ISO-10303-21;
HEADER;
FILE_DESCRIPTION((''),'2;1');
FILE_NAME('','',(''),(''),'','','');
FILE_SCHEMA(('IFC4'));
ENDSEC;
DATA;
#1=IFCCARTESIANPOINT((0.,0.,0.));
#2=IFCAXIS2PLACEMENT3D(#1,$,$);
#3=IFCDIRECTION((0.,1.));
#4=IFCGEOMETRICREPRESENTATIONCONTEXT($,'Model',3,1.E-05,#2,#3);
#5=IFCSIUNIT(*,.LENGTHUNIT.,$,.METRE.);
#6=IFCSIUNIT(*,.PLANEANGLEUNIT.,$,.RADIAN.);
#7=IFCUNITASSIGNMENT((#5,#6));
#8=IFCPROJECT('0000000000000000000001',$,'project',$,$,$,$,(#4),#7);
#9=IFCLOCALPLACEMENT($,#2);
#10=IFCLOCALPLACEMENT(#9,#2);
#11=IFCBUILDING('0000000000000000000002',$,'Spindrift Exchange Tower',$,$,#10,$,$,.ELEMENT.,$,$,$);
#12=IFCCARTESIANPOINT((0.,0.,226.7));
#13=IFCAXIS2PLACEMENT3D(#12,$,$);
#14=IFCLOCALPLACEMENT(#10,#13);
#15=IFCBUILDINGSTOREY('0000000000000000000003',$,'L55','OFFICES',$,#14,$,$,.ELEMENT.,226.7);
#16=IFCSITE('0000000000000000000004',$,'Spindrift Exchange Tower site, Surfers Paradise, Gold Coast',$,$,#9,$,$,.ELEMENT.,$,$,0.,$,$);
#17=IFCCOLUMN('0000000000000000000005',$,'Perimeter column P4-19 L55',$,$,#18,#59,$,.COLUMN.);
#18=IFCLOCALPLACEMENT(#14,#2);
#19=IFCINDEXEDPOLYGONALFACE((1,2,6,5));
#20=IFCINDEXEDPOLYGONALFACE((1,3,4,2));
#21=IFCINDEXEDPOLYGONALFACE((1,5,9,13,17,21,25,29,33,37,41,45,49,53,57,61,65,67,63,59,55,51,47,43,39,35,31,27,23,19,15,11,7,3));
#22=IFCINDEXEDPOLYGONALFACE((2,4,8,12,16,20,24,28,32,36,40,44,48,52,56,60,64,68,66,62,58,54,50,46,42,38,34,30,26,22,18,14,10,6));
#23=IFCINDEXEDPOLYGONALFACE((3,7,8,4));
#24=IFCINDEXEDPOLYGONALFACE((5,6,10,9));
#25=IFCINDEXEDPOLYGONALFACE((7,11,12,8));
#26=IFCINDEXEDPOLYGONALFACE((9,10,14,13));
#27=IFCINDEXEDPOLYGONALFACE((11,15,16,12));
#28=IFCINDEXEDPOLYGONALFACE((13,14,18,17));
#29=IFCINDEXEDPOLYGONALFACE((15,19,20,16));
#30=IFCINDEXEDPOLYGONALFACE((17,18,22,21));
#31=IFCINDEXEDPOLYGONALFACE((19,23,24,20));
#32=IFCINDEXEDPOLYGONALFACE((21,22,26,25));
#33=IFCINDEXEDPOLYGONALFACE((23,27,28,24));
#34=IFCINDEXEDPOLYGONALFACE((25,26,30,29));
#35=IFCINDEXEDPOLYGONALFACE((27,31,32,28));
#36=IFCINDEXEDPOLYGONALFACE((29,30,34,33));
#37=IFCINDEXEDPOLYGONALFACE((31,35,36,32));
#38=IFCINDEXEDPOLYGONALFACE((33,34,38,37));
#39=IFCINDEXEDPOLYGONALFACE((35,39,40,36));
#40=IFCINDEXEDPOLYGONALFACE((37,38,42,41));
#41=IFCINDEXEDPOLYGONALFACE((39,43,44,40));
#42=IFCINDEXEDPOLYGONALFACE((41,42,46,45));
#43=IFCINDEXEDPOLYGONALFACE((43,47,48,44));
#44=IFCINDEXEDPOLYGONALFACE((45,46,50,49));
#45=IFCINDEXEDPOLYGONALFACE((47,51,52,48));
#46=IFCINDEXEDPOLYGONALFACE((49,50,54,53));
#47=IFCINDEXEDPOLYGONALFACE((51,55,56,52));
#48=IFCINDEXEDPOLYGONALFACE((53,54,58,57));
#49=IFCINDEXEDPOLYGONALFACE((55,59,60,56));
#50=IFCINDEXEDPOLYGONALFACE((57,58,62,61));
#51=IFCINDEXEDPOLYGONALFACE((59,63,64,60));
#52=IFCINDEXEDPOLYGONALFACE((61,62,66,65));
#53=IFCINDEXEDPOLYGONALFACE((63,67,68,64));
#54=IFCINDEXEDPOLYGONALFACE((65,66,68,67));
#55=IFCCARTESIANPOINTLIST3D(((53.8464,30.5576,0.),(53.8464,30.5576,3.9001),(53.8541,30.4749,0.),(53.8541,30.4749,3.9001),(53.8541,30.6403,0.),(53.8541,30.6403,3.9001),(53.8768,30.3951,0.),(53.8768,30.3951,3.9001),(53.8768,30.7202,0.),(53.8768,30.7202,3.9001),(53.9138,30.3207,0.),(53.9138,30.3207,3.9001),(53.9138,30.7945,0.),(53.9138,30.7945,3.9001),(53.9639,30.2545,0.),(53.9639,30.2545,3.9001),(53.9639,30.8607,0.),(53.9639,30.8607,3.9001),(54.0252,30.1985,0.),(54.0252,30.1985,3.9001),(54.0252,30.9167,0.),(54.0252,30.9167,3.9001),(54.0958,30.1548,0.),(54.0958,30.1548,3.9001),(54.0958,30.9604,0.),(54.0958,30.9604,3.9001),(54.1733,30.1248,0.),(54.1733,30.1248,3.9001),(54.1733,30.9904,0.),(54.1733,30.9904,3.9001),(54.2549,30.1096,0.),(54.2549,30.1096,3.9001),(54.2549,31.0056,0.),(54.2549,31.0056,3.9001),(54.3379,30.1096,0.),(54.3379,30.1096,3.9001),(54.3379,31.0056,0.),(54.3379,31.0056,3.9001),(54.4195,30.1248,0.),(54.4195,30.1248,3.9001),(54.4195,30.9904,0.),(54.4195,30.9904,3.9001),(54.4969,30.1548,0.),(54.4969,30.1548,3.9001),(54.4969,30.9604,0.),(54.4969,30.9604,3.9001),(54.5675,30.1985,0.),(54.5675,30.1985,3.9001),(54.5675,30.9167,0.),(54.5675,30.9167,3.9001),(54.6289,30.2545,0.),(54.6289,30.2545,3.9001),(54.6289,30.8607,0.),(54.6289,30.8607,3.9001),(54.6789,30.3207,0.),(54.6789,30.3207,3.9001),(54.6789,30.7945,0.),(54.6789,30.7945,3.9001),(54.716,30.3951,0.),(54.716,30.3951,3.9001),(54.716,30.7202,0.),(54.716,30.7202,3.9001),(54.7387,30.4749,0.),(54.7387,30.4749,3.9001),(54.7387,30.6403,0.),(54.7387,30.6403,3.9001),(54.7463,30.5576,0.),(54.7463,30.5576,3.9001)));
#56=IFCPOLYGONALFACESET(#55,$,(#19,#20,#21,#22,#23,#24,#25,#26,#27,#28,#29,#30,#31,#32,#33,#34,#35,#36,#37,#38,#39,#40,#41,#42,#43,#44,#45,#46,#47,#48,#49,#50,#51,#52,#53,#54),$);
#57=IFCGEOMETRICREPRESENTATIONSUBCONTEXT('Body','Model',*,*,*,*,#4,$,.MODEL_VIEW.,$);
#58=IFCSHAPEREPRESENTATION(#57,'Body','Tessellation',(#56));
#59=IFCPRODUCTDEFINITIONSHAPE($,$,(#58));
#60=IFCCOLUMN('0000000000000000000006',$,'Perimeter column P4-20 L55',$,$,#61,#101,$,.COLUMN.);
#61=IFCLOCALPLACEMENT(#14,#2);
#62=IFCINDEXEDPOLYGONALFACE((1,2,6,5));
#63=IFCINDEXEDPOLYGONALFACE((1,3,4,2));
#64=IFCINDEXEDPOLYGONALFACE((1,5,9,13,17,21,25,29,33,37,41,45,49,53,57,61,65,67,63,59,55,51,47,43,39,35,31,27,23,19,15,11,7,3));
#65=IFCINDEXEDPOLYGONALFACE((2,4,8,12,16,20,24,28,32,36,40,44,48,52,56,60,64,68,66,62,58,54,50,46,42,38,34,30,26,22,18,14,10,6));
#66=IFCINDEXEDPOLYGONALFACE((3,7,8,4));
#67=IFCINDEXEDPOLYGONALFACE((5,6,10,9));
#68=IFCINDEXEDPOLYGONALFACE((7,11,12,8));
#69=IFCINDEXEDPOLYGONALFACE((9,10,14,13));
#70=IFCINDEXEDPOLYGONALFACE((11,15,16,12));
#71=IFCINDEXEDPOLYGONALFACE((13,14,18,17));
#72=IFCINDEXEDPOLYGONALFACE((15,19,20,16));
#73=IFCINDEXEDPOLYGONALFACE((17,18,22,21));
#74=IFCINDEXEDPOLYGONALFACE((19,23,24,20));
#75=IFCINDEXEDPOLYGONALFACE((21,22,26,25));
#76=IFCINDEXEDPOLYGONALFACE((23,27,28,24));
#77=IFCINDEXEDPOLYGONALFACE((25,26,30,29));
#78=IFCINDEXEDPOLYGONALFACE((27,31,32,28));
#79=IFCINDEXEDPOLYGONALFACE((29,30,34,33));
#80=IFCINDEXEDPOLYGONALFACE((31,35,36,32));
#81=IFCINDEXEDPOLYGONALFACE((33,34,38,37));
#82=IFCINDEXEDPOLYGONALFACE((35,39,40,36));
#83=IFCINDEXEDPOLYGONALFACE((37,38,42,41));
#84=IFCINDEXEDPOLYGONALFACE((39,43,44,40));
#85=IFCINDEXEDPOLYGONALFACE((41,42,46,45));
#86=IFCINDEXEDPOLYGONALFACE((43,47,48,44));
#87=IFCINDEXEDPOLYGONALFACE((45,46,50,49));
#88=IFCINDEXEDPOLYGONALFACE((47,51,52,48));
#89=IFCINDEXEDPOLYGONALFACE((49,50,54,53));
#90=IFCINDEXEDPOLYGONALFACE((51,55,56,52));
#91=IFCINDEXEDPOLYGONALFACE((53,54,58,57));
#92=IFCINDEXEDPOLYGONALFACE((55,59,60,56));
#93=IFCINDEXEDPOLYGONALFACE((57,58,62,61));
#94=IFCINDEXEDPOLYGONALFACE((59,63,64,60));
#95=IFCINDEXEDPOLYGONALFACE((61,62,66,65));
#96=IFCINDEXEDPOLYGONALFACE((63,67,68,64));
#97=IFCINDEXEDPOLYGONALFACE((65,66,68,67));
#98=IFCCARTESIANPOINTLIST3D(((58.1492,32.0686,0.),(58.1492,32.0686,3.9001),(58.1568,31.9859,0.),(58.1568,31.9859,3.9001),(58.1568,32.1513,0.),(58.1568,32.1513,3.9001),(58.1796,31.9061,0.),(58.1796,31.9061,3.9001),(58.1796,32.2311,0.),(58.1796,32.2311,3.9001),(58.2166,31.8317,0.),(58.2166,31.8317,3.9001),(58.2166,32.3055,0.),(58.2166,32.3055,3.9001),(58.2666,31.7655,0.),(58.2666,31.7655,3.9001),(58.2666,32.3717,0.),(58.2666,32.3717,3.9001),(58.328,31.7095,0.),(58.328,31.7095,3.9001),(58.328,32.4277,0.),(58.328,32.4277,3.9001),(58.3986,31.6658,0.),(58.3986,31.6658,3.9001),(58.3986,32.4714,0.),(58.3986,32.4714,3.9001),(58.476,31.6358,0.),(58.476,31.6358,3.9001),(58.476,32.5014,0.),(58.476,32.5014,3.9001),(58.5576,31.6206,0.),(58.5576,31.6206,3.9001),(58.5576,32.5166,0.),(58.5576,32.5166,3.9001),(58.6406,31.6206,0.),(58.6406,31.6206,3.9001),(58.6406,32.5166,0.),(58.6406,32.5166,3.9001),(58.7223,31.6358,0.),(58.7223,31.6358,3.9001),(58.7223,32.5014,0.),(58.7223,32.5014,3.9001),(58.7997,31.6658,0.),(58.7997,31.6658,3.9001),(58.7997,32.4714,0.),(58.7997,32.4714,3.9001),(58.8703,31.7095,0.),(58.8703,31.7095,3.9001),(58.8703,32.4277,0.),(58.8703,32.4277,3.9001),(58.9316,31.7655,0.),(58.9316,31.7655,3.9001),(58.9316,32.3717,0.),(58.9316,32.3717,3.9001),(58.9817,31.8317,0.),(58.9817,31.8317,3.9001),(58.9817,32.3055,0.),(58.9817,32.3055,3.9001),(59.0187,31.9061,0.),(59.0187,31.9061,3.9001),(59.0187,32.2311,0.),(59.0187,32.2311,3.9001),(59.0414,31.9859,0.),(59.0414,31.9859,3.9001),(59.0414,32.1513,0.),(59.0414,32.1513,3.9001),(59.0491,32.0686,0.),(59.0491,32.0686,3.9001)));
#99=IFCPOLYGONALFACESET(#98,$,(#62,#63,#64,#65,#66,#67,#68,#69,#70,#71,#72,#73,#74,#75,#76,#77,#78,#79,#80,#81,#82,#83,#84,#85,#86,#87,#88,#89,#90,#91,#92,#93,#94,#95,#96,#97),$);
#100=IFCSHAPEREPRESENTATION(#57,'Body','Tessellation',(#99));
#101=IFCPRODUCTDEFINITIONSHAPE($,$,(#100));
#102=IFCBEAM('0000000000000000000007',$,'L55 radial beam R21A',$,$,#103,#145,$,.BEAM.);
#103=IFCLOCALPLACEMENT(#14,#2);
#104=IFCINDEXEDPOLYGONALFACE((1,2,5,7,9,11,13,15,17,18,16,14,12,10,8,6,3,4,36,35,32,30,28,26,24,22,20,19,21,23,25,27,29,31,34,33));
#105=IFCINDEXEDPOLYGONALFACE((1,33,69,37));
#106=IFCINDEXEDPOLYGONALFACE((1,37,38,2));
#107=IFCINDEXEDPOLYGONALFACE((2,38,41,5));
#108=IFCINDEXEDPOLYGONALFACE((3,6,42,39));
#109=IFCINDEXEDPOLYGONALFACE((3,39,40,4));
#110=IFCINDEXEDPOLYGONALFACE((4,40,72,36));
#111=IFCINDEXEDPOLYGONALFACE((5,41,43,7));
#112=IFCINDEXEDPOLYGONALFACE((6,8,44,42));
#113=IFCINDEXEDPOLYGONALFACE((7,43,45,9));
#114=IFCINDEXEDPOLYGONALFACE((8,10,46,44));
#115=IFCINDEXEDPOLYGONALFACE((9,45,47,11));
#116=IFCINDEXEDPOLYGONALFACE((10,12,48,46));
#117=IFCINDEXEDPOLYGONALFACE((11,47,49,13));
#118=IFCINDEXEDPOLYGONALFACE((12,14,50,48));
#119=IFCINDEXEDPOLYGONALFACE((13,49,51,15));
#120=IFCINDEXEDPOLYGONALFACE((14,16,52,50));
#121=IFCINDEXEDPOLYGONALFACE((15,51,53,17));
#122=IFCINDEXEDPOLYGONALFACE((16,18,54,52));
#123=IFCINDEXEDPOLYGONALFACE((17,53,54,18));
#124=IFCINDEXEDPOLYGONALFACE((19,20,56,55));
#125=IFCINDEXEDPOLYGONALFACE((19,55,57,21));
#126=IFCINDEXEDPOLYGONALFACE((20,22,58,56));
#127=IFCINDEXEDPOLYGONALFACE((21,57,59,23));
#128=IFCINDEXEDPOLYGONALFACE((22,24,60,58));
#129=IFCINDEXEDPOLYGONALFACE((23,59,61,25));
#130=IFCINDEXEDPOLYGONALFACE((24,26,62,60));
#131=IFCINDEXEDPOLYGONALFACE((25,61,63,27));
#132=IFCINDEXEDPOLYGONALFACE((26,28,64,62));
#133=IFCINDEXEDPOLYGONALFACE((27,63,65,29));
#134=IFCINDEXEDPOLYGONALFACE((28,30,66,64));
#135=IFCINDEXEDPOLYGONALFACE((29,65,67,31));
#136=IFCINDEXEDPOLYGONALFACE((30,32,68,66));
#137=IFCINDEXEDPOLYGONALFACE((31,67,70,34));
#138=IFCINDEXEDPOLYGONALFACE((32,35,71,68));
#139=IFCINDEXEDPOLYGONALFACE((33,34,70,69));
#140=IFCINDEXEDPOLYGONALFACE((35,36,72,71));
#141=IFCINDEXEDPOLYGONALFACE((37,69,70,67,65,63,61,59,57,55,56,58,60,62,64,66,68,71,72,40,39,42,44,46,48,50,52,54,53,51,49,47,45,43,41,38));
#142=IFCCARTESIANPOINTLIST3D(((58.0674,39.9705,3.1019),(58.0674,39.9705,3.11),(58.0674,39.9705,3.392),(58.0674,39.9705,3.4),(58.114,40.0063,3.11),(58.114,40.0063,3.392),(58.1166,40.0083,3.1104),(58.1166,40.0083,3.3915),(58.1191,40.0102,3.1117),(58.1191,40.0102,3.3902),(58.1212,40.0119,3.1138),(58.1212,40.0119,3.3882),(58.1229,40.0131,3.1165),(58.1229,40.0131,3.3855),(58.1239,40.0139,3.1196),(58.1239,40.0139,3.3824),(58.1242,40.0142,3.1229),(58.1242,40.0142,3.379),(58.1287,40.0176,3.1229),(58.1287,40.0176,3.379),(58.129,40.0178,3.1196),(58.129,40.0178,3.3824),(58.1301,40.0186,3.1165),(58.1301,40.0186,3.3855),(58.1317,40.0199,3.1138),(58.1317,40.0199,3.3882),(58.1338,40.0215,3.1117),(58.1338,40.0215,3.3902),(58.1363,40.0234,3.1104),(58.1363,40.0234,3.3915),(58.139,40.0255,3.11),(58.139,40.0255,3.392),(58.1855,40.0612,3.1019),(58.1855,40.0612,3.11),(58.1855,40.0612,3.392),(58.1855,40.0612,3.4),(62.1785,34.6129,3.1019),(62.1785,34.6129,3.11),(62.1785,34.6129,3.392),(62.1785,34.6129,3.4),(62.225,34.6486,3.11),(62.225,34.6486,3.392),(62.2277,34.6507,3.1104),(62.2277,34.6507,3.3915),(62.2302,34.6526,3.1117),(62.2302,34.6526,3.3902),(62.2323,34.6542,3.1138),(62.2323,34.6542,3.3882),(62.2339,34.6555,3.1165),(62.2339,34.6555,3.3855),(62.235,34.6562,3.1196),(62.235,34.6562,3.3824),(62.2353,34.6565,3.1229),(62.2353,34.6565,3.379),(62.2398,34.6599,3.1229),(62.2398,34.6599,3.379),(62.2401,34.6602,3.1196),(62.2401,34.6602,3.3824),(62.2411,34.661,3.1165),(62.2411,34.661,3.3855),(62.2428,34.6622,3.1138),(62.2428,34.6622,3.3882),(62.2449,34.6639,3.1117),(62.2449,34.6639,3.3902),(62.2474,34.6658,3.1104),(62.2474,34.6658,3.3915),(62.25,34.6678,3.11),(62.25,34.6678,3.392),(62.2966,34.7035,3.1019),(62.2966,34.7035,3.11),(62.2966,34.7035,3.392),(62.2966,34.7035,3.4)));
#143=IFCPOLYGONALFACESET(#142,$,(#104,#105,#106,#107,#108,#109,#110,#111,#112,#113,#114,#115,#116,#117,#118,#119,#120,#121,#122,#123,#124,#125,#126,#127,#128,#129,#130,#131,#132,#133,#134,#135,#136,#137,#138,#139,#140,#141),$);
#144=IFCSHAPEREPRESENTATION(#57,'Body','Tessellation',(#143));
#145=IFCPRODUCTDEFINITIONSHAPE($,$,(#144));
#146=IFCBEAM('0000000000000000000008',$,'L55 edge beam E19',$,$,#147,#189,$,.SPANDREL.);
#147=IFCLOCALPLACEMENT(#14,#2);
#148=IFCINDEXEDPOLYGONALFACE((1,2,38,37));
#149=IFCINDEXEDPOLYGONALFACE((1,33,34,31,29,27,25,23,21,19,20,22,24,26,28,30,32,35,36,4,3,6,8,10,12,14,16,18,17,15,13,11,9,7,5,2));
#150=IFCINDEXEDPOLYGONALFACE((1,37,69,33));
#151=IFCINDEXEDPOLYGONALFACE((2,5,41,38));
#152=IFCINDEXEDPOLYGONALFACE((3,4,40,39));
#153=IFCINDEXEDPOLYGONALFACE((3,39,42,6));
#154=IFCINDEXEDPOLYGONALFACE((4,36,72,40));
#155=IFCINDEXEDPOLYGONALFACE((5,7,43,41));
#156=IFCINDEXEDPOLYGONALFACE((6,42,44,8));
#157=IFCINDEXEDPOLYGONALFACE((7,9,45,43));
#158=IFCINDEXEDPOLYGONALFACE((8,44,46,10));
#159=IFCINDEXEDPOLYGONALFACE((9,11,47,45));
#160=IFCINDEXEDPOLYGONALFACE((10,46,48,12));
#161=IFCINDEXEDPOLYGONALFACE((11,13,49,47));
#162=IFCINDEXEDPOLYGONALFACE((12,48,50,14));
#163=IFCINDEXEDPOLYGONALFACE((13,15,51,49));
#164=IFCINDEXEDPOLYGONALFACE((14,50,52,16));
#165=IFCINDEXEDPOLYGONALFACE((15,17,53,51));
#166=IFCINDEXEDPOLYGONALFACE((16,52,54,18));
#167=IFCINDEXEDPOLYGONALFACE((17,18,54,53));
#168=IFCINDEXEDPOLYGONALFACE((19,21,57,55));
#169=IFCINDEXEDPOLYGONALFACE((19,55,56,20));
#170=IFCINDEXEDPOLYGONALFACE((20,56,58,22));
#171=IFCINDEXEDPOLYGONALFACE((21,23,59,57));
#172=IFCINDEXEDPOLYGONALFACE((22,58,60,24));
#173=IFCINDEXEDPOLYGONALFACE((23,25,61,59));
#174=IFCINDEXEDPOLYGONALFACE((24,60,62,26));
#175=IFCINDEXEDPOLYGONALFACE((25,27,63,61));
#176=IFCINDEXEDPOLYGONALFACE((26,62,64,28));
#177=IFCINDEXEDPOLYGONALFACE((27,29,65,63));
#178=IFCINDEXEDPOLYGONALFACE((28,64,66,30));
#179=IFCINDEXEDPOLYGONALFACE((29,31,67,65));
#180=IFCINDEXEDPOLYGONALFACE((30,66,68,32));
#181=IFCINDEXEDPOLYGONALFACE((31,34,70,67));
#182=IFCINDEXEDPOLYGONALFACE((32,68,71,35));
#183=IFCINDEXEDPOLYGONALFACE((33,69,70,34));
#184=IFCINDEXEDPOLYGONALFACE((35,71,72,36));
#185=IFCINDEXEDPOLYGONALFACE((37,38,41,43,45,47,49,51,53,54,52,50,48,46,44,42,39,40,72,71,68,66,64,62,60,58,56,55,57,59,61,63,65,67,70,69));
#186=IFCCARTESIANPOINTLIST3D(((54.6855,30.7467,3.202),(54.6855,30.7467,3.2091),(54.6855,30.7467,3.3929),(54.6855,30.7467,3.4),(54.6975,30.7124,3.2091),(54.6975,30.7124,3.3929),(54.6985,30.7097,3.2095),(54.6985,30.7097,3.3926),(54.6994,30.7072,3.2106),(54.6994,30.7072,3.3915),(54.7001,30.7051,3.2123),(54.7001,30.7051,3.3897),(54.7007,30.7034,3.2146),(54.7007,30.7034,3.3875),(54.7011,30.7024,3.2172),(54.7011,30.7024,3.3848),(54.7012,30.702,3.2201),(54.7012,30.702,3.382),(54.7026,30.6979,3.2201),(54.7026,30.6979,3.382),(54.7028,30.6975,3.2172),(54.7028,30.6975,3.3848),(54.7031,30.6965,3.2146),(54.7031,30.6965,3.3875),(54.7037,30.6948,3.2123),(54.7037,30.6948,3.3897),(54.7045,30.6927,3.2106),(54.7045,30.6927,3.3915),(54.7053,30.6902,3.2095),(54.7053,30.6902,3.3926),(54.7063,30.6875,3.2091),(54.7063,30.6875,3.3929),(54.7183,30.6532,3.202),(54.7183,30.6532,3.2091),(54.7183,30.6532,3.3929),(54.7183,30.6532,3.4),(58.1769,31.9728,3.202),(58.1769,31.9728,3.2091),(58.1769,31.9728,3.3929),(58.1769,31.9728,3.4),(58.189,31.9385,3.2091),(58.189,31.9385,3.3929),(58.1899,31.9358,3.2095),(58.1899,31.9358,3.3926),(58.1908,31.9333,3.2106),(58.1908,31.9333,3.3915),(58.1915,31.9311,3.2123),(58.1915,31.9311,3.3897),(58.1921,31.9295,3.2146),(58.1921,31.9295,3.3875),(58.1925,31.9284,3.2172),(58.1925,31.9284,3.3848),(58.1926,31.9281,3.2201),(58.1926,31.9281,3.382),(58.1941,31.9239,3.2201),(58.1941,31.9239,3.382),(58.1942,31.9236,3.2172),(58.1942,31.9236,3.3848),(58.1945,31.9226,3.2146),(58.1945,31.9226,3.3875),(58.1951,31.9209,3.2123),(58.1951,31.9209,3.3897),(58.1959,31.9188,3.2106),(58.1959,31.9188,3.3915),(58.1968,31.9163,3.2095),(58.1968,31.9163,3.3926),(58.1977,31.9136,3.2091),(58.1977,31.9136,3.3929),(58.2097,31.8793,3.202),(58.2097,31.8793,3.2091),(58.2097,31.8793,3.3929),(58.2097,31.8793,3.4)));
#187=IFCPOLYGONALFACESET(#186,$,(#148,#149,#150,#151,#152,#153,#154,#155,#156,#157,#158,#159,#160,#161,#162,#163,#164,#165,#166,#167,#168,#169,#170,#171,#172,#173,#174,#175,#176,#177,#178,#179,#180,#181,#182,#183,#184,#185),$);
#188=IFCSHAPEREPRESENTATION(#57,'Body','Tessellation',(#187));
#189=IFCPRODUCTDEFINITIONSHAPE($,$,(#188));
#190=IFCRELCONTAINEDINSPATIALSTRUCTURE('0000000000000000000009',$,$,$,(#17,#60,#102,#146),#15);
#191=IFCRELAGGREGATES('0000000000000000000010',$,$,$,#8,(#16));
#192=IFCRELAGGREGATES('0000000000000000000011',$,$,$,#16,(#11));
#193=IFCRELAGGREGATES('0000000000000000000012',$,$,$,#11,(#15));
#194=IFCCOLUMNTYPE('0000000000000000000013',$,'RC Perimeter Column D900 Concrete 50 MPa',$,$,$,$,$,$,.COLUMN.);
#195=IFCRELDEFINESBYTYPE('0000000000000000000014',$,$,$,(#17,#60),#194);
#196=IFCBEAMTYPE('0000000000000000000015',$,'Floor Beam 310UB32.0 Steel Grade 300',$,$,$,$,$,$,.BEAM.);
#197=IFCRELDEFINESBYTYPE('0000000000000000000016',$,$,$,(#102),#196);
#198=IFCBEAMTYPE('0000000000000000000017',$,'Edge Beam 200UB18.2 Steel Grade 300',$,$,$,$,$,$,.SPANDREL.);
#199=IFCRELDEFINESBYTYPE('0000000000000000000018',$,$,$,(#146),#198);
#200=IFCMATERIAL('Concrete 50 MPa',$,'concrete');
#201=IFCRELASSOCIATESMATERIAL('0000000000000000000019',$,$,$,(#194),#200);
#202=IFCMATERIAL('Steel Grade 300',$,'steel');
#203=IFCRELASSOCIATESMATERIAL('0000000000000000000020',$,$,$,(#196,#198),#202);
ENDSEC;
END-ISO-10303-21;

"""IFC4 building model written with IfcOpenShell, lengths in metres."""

from ifc_helpers import new_model, si_unit, direction, frame, origin, origin_2d, place, context, subcontext, project, spatial, circle, i_section, extrude, source, transform, mapped, material, material_profile, profile_set, type_object, element, save


model = new_model("IFC4")

# Units and contexts
model_context = context("Model", 3, precision=1e-05, world=origin(), true_north=direction((0.0, 1.0)))
body_context = subcontext(model_context, "Body", "Model", "MODEL_VIEW")
ifc_project = project(units=[si_unit("LENGTHUNIT", "METRE"), si_unit("PLANEANGLEUNIT", "RADIAN")], contexts=[model_context])

# Site, building, storey
site_placement = place(None, origin())
site = spatial("IfcSite", under=ifc_project, at=site_placement, Name="Spindrift Exchange Tower site, Surfers Paradise, Gold Coast", CompositionType="ELEMENT", RefElevation=0.0)
building_placement = place(site_placement, origin())
building = spatial("IfcBuilding", under=site, at=building_placement, Name="Spindrift Exchange Tower", CompositionType="ELEMENT")
storey_placement = place(building_placement, frame((0.0, 0.0, 226.7)))
storey = spatial("IfcBuildingStorey", under=building, at=storey_placement, Name="L55", Description="OFFICES", CompositionType="ELEMENT", Elevation=226.7)

# Columns
ifc_material_1 = material(Name="Concrete 50 MPa", Category="concrete")
ifc_material_profile_1 = material_profile(ifc_material_1, circle(Radius=0.45, at=origin_2d()), Name="RC D900")
ifc_profile_set_1 = profile_set([ifc_material_profile_1], Name="Concrete 50 MPa")
column_type = type_object("IfcColumnType", Name="RC Perimeter Column D900 Concrete 50 MPa", PredefinedType="COLUMN", material=ifc_profile_set_1)
shared_shape_1 = source(origin(), body_context, "Body", "SweptSolid", [
    extrude(circle(Radius=0.45, at=origin_2d()), origin(), (0.0, 0.0, 1.0), 3.9001),
])
for number, where, z_axis, x_axis, name in (
    (1, (54.2964, 30.5576, 0.0), (0.0, 0.0, 1.0), (1.0, 0.0, 0.0), "Perimeter column P4-19 L55"),
    (2, (58.5991, 32.0686, 0.0), (0.0, 0.0, 1.0), (1.0, 0.0, 0.0), "Perimeter column P4-20 L55"),
):
    element("IfcColumn", number, at=place(storey_placement, frame(where, z_axis=z_axis, x_axis=x_axis)), inside=storey, type_object=column_type, Name=name, PredefinedType="COLUMN", context=body_context, shape_type="MappedRepresentation", body=[
        mapped(shared_shape_1, transform((0.0, 0.0, 0.0), scale=1.0)),
    ])

# Beams
ifc_material_2 = material(Name="Steel Grade 300", Category="steel")
ifc_material_profile_2 = material_profile(ifc_material_2, i_section(OverallWidth=0.1489, OverallDepth=0.2981, WebThickness=0.0056, FlangeThickness=0.0081, FilletRadius=0.0129, at=origin_2d()), Name="310UB32.0")
ifc_profile_set_2 = profile_set([ifc_material_profile_2], Name="Steel Grade 300")
beam_type_1 = type_object("IfcBeamType", Name="Floor Beam 310UB32.0 Steel Grade 300", PredefinedType="BEAM", material=ifc_profile_set_2)
shared_shape_2 = source(origin(), body_context, "Body", "SweptSolid", [
    extrude(i_section(OverallWidth=0.1489, OverallDepth=0.2981, WebThickness=0.0056, FlangeThickness=0.0081, FilletRadius=0.0129, at=origin_2d()), origin(), (0.0, 0.0, 1.0), 6.7532),
])
beam_1_placement = place(storey_placement, frame((58.1265, 40.0159, 3.251), z_axis=(0.608762, -0.793353, 0.0), x_axis=(0.793353, 0.608762, 0.0)))
element("IfcBeam", 3, at=beam_1_placement, inside=storey, type_object=beam_type_1, Name="L55 radial beam R21A", PredefinedType="BEAM", context=body_context, shape_type="MappedRepresentation", body=[
    mapped(shared_shape_2, transform((0.0, 0.0, 0.0), scale=1.0)),
])
ifc_material_profile_3 = material_profile(ifc_material_2, i_section(OverallWidth=0.0991, OverallDepth=0.198, WebThickness=0.0044, FlangeThickness=0.0071, FilletRadius=0.011, at=origin_2d()), Name="200UB18.2")
ifc_profile_set_3 = profile_set([ifc_material_profile_3], Name="Steel Grade 300")
beam_type_2 = type_object("IfcBeamType", Name="Edge Beam 200UB18.2 Steel Grade 300", PredefinedType="SPANDREL", material=ifc_profile_set_3)
shared_shape_3 = source(origin(), body_context, "Body", "SweptSolid", [
    extrude(i_section(OverallWidth=0.0991, OverallDepth=0.198, WebThickness=0.0044, FlangeThickness=0.0071, FilletRadius=0.011, at=origin_2d()), origin(), (0.0, 0.0, 1.0), 3.7004),
])
beam_2_placement = place(storey_placement, frame((54.7019, 30.7, 3.301), z_axis=(0.943515, 0.331329, 0.0), x_axis=(-0.331329, 0.943515, 0.0)))
element("IfcBeam", 4, at=beam_2_placement, inside=storey, type_object=beam_type_2, Name="L55 edge beam E19", PredefinedType="SPANDREL", context=body_context, shape_type="MappedRepresentation", body=[
    mapped(shared_shape_3, transform((0.0, 0.0, 0.0), scale=1.0)),
])

save(model, "model.ifc")
